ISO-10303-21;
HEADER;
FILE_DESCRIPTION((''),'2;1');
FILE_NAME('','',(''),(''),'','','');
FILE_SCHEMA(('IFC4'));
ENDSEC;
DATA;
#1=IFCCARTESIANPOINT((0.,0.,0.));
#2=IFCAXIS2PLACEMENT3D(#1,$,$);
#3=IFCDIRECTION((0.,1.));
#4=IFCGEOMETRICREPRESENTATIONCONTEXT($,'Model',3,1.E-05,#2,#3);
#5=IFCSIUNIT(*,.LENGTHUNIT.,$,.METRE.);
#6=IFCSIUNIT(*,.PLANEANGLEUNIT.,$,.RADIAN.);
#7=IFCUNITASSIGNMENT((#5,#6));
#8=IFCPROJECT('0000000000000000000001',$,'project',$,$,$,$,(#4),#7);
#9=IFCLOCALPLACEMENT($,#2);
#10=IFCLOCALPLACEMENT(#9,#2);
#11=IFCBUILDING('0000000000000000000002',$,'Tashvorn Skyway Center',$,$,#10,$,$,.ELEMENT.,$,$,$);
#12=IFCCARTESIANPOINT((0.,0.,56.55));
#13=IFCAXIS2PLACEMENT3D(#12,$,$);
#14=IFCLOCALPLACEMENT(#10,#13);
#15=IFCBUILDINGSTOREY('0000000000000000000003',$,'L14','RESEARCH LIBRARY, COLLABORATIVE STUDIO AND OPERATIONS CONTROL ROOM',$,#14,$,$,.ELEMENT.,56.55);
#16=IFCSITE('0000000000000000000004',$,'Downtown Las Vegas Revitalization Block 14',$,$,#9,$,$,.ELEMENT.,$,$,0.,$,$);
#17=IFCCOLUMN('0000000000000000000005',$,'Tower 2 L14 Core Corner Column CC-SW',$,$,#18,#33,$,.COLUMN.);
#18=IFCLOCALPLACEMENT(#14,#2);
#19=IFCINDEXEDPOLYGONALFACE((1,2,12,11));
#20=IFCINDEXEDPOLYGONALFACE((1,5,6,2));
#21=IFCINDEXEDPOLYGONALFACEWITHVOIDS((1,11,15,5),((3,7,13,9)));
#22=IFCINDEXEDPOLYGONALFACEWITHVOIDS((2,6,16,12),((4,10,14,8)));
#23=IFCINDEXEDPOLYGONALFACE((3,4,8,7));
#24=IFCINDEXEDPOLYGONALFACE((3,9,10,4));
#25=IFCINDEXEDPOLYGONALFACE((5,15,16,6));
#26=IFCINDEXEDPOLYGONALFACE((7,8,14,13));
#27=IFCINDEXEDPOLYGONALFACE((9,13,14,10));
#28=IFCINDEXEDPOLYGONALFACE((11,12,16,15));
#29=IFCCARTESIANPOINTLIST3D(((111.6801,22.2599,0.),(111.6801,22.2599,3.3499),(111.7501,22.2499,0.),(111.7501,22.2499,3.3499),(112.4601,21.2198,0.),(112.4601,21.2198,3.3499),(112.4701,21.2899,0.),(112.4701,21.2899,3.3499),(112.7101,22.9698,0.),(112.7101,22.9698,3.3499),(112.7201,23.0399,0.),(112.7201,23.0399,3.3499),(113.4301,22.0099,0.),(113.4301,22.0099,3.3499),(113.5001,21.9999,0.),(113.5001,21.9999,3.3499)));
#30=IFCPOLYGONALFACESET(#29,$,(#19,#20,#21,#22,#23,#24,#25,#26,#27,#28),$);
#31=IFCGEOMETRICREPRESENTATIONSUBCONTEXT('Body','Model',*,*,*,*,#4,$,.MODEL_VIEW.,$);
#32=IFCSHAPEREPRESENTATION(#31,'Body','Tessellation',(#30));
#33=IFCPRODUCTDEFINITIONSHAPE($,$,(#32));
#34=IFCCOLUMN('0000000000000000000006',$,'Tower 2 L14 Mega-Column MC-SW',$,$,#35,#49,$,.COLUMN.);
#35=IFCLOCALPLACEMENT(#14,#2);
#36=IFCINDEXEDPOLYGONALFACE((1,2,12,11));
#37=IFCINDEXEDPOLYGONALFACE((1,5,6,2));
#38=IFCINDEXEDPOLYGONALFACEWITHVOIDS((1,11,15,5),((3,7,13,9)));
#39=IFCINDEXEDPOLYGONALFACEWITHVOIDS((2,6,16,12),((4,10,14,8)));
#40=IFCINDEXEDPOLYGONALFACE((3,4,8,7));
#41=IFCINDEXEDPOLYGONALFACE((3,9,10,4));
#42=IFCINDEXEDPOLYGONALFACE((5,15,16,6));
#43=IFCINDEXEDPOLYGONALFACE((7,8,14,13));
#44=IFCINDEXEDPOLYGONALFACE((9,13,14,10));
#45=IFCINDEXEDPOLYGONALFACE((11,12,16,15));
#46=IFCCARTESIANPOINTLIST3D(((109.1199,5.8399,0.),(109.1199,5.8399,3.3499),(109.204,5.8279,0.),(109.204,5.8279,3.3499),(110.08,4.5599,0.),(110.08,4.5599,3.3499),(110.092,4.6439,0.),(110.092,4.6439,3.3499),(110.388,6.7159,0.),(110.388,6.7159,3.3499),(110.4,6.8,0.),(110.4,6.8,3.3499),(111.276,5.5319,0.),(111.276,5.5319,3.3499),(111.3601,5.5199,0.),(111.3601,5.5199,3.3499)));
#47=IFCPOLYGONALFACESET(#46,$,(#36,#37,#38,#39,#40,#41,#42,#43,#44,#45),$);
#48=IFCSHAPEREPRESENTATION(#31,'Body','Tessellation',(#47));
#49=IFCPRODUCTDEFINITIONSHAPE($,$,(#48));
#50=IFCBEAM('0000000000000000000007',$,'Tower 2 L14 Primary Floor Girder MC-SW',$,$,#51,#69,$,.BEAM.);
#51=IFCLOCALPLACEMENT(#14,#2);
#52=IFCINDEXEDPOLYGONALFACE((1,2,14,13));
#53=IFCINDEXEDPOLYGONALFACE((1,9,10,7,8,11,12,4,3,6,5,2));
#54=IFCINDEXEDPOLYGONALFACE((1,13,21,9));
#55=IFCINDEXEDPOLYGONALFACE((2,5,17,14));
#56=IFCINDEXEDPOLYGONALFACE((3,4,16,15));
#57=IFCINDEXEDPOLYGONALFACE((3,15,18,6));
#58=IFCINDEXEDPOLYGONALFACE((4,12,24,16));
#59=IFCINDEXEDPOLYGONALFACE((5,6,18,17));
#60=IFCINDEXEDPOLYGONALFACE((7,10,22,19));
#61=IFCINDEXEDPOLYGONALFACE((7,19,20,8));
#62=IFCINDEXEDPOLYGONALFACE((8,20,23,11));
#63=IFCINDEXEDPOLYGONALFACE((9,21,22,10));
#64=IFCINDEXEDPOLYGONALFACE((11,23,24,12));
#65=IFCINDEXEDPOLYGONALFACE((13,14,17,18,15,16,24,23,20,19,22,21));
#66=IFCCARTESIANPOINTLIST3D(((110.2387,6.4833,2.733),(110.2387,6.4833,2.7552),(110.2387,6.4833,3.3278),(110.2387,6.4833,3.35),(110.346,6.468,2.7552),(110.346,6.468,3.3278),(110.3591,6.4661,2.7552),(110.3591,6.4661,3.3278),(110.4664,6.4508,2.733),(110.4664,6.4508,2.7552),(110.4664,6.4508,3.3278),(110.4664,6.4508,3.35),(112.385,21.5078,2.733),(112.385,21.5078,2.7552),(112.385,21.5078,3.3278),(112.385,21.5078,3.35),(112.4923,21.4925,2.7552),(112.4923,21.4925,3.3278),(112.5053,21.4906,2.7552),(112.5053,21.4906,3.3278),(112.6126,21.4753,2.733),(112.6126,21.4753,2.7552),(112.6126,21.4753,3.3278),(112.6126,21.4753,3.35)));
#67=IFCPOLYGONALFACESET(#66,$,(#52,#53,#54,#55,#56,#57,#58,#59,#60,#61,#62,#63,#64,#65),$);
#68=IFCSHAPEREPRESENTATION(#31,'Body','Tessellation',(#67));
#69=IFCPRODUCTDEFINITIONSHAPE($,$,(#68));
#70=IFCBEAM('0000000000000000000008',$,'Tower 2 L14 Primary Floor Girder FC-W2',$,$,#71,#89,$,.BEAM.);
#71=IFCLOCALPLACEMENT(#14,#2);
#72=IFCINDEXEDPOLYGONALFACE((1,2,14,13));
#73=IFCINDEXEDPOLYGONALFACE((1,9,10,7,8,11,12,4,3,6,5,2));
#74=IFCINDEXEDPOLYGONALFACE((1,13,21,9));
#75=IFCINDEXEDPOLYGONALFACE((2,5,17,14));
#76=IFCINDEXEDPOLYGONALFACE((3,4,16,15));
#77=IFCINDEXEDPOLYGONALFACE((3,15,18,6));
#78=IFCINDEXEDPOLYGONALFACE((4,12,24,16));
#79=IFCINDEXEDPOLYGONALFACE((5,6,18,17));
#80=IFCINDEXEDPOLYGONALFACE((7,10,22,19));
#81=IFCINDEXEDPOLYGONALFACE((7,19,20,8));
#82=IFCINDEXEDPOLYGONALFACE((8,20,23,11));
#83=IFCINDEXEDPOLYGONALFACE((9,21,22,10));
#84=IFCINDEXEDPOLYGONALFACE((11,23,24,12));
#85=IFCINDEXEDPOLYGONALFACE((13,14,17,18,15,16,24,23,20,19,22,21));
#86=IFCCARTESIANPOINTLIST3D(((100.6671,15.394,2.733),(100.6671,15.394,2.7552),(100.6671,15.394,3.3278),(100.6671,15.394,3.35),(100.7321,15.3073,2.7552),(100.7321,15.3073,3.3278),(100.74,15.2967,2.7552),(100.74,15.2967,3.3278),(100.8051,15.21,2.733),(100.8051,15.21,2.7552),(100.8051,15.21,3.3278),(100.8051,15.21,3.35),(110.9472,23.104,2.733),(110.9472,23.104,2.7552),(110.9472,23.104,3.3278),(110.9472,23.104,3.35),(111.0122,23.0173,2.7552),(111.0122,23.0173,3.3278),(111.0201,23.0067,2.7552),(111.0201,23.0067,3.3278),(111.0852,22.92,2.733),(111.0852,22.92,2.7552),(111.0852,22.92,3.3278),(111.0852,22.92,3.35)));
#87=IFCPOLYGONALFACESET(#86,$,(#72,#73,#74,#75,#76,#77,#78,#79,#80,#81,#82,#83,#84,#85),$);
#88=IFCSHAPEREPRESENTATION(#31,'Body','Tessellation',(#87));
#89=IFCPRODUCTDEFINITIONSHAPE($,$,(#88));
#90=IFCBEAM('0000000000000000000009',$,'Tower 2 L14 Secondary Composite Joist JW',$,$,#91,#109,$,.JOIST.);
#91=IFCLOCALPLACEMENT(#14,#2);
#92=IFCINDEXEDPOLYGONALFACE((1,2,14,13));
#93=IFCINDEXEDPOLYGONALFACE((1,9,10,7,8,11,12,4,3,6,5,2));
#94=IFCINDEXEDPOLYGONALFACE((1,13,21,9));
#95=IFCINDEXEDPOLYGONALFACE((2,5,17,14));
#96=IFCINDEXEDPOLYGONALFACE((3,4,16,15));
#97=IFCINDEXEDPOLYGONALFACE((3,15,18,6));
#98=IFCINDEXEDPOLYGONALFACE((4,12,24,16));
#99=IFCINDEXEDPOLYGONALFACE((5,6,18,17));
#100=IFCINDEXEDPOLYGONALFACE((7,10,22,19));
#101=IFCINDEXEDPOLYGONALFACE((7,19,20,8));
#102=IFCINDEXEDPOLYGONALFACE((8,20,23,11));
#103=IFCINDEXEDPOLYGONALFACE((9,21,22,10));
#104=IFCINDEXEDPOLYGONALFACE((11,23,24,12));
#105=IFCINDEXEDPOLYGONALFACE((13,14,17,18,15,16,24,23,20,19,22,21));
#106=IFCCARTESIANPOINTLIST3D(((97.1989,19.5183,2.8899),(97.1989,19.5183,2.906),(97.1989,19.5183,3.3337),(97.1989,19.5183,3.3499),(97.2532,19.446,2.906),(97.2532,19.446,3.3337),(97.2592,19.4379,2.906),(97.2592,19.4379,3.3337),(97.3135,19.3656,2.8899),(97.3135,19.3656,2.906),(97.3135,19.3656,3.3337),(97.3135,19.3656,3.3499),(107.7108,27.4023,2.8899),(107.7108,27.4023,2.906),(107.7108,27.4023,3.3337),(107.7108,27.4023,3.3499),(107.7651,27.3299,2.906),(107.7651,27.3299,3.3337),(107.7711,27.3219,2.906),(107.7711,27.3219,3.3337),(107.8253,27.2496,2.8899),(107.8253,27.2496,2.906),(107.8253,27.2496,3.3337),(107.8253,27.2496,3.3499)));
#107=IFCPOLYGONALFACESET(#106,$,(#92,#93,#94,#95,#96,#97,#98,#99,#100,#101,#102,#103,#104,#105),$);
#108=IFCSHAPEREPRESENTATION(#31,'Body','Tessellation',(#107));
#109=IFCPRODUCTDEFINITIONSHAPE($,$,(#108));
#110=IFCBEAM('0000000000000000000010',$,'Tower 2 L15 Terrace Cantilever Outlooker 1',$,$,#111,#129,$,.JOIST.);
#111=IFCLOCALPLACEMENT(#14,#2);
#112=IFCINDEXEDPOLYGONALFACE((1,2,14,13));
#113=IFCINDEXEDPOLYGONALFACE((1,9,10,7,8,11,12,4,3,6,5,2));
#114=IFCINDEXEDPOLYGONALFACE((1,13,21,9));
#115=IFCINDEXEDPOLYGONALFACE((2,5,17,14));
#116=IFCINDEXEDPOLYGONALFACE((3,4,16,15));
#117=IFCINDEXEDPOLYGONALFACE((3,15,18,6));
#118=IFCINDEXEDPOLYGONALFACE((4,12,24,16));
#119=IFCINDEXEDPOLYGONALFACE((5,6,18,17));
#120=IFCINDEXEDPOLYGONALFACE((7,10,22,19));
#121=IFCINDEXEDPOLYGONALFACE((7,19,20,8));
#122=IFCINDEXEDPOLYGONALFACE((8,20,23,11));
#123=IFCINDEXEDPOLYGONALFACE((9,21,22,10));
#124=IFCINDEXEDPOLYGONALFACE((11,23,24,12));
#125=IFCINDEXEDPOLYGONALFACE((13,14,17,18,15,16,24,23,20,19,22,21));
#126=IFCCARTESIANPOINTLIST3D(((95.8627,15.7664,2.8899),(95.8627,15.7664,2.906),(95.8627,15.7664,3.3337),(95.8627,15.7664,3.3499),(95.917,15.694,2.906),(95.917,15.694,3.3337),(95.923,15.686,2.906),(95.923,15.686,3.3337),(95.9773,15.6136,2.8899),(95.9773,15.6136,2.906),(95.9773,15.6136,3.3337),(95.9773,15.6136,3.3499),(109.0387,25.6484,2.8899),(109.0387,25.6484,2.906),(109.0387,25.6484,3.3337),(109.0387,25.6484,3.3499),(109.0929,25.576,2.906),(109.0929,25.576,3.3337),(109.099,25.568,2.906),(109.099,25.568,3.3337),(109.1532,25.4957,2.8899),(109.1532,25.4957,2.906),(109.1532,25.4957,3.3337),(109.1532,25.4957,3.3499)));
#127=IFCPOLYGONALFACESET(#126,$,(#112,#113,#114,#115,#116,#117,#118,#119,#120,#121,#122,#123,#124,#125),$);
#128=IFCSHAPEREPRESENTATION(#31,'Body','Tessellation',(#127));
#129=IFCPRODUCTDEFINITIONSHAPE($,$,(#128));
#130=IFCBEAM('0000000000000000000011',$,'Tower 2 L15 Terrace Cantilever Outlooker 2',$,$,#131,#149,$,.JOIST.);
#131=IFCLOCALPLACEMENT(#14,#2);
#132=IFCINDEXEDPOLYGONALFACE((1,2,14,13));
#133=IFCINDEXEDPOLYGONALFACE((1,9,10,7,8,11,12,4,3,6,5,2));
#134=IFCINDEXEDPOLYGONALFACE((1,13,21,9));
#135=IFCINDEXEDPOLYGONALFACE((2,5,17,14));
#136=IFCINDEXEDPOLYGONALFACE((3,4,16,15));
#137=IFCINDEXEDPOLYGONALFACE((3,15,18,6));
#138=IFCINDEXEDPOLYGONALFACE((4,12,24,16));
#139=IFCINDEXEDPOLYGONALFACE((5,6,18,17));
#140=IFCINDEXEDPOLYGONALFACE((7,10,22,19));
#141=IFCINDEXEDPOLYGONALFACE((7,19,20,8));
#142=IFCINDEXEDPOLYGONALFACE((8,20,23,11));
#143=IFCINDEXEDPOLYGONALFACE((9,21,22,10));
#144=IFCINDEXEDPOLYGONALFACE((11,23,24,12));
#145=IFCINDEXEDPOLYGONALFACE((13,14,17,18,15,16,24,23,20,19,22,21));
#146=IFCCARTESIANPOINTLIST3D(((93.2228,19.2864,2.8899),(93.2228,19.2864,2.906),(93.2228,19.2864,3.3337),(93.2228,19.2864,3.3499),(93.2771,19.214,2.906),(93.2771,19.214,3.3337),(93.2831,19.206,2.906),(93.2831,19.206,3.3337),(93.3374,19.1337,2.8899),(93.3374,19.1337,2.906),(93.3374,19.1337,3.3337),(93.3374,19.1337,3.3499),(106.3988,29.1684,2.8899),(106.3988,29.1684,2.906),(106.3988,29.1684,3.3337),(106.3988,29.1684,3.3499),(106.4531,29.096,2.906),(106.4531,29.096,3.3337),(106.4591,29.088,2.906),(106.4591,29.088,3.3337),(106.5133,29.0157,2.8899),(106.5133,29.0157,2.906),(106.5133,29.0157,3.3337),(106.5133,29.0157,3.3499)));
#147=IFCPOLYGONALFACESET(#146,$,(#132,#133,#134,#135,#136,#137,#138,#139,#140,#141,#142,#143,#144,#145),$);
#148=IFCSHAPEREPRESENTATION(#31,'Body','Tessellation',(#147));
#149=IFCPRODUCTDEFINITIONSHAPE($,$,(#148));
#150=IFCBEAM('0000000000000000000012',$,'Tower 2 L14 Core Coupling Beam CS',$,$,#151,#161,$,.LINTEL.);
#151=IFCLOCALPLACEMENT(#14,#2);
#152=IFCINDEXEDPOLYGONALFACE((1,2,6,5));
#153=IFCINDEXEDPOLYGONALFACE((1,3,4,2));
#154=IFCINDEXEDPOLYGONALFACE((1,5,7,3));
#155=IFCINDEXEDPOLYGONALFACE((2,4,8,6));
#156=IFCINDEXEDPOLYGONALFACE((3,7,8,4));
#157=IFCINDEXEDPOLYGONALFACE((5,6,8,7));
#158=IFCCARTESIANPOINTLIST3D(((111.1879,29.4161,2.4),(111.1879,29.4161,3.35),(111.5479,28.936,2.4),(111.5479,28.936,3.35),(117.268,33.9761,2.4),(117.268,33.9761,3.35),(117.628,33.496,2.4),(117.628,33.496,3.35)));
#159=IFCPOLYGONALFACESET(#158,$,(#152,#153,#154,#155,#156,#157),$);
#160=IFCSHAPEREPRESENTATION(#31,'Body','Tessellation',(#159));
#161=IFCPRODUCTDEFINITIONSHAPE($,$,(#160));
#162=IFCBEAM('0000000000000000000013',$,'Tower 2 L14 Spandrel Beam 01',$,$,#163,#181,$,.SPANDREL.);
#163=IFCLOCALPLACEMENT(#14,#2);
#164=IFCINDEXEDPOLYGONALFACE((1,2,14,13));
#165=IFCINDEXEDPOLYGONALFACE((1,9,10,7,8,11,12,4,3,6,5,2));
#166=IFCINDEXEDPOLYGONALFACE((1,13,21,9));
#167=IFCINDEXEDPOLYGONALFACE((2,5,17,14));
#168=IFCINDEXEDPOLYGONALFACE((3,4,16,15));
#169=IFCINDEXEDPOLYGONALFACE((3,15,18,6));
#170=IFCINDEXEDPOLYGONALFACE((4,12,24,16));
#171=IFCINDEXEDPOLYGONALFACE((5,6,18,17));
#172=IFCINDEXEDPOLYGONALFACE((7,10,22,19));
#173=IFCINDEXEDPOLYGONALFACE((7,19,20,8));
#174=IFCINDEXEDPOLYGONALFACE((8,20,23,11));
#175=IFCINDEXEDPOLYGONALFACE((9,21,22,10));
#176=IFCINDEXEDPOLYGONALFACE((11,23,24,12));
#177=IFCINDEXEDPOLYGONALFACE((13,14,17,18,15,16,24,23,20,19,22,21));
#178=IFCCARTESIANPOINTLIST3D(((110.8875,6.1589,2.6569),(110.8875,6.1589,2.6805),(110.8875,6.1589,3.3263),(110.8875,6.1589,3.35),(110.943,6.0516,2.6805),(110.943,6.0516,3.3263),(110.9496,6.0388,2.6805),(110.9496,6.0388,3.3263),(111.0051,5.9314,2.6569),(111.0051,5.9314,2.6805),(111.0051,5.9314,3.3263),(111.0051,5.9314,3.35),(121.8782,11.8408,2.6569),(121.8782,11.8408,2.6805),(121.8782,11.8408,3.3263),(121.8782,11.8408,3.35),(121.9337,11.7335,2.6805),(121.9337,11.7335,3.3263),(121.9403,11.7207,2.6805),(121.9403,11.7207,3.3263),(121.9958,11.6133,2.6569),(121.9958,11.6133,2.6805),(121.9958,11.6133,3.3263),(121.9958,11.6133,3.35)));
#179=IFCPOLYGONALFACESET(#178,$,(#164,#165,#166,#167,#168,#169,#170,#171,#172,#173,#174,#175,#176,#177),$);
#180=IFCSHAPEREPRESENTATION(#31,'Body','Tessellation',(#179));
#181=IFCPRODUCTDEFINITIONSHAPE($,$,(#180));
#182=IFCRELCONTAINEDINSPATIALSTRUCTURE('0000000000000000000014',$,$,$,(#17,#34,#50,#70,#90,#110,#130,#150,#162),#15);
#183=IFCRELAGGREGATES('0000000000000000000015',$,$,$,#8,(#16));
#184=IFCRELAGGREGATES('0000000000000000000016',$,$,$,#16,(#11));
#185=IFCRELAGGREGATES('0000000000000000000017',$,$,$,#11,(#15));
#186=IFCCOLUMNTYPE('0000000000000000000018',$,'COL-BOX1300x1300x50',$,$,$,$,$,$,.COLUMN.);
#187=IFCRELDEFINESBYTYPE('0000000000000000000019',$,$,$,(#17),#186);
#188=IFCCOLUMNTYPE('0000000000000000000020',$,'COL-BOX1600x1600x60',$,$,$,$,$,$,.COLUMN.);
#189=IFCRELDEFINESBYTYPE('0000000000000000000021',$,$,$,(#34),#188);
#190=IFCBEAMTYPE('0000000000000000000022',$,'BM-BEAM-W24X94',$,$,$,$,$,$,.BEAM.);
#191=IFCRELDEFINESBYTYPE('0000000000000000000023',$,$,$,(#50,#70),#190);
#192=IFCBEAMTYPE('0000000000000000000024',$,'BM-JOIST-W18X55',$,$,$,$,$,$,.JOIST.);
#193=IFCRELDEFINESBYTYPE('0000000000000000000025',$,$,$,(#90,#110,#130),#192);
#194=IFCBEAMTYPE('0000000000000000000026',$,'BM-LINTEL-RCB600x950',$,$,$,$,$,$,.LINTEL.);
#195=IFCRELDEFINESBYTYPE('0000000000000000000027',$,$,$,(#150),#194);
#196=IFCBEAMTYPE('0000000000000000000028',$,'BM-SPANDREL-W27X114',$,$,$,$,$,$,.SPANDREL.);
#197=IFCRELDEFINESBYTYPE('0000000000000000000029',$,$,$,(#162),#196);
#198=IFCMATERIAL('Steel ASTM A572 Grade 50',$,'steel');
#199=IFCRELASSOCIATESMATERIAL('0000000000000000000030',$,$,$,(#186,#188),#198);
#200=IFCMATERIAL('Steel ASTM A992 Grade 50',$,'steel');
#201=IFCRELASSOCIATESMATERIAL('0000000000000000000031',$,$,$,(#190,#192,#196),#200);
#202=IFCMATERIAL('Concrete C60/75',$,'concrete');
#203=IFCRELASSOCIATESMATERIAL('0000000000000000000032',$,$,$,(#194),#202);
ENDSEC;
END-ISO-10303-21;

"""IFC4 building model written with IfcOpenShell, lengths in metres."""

from ifc_helpers import new_model, si_unit, direction, frame, origin, origin_2d, place, context, subcontext, project, spatial, rectangle, hollow_rectangle, i_section, extrude, material, material_profile, profile_set, type_object, element, save


model = new_model("IFC4")

# Units and contexts
model_context = context("Model", 3, precision=1e-05, world=origin(), true_north=direction((0.0, 1.0)))
body_context = subcontext(model_context, "Body", "Model", "MODEL_VIEW")
ifc_project = project(units=[si_unit("LENGTHUNIT", "METRE"), si_unit("PLANEANGLEUNIT", "RADIAN")], contexts=[model_context])

# Site, building, storey
site_placement = place(None, origin())
site = spatial("IfcSite", under=ifc_project, at=site_placement, Name="Downtown Las Vegas Revitalization Block 14", CompositionType="ELEMENT", RefElevation=0.0)
building_placement = place(site_placement, origin())
building = spatial("IfcBuilding", under=site, at=building_placement, Name="Tashvorn Skyway Center", CompositionType="ELEMENT")
storey_placement = place(building_placement, frame((0.0, 0.0, 56.55)))
storey = spatial("IfcBuildingStorey", under=building, at=storey_placement, Name="L14", Description="RESEARCH LIBRARY, COLLABORATIVE STUDIO AND OPERATIONS CONTROL ROOM", CompositionType="ELEMENT", Elevation=56.55)

# Columns
ifc_material_1 = material(Name="Steel ASTM A572 Grade 50", Category="steel")
ifc_material_profile_1 = material_profile(ifc_material_1, hollow_rectangle(XDim=1.3, YDim=1.3, WallThickness=0.05, at=origin_2d()), Name="BOX1300x1300x50")
ifc_profile_set_1 = profile_set([ifc_material_profile_1], Name="Steel ASTM A572 Grade 50")
column_type_1 = type_object("IfcColumnType", Name="COL-BOX1300x1300x50", PredefinedType="COLUMN", material=ifc_profile_set_1)
column_1_placement = place(storey_placement, frame((112.5901, 22.1299, 0.0), z_axis=(0.0, 0.0, 1.0), x_axis=(0.8, 0.6, 0.0)))
element("IfcColumn", 1, at=column_1_placement, inside=storey, type_object=column_type_1, Name="Tower 2 L14 Core Corner Column CC-SW", PredefinedType="COLUMN", context=body_context, shape_type="SweptSolid", body=[
    extrude(hollow_rectangle(XDim=1.3, YDim=1.3, WallThickness=0.05, at=origin_2d()), origin(), (0.0, 0.0, 1.0), 3.3499),
])
ifc_material_profile_2 = material_profile(ifc_material_1, hollow_rectangle(XDim=1.6001, YDim=1.6001, WallThickness=0.0601, at=origin_2d()), Name="BOX1600x1600x60")
ifc_profile_set_2 = profile_set([ifc_material_profile_2], Name="Steel ASTM A572 Grade 50")
column_type_2 = type_object("IfcColumnType", Name="COL-BOX1600x1600x60", PredefinedType="COLUMN", material=ifc_profile_set_2)
column_2_placement = place(storey_placement, frame((110.24, 5.6799, 0.0), z_axis=(0.0, 0.0, 1.0), x_axis=(0.8, 0.6, 0.0)))
element("IfcColumn", 2, at=column_2_placement, inside=storey, type_object=column_type_2, Name="Tower 2 L14 Mega-Column MC-SW", PredefinedType="COLUMN", context=body_context, shape_type="SweptSolid", body=[
    extrude(hollow_rectangle(XDim=1.6001, YDim=1.6001, WallThickness=0.0601, at=origin_2d()), origin(), (0.0, 0.0, 1.0), 3.3499),
])

# Beams
ifc_material_2 = material(Name="Steel ASTM A992 Grade 50", Category="steel")
ifc_material_profile_3 = material_profile(ifc_material_2, i_section(OverallWidth=0.23, OverallDepth=0.6169, WebThickness=0.0132, FlangeThickness=0.0222, at=origin_2d()), Name="W24X94")
ifc_profile_set_3 = profile_set([ifc_material_profile_3], Name="Steel ASTM A992 Grade 50")
beam_type_1 = type_object("IfcBeamType", Name="BM-BEAM-W24X94", PredefinedType="BEAM", material=ifc_profile_set_3)
beam_1_placement = place(storey_placement, frame((110.3525, 6.467, 3.0415), z_axis=(0.141415, 0.98995, 0.0), x_axis=(-0.98995, 0.141415, 0.0)))
element("IfcBeam", 3, at=beam_1_placement, inside=storey, type_object=beam_type_1, Name="Tower 2 L14 Primary Floor Girder MC-SW", PredefinedType="BEAM", context=body_context, shape_type="SweptSolid", body=[
    extrude(i_section(OverallWidth=0.23, OverallDepth=0.6169, WebThickness=0.0132, FlangeThickness=0.0222, at=origin_2d()), origin(), (0.0, 0.0, 1.0), 15.177),
])
beam_2_placement = place(storey_placement, frame((100.7361, 15.302, 3.0415), z_axis=(0.800002, 0.599997, 0.0), x_axis=(-0.599997, 0.800002, 0.0)))
element("IfcBeam", 4, at=beam_2_placement, inside=storey, type_object=beam_type_1, Name="Tower 2 L14 Primary Floor Girder FC-W2", PredefinedType="BEAM", context=body_context, shape_type="SweptSolid", body=[
    extrude(i_section(OverallWidth=0.23, OverallDepth=0.6169, WebThickness=0.0132, FlangeThickness=0.0222, at=origin_2d()), origin(), (0.0, 0.0, 1.0), 12.8501),
])
ifc_material_profile_4 = material_profile(ifc_material_2, i_section(OverallWidth=0.1909, OverallDepth=0.46, WebThickness=0.01, FlangeThickness=0.0161, at=origin_2d()), Name="W18X55")
ifc_profile_set_4 = profile_set([ifc_material_profile_4], Name="Steel ASTM A992 Grade 50")
beam_type_2 = type_object("IfcBeamType", Name="BM-JOIST-W18X55", PredefinedType="JOIST", material=ifc_profile_set_4)
beam_3_placement = place(storey_placement, frame((107.7681, 27.3259, 3.1199), z_axis=(-0.799998, -0.600003, 0.0), x_axis=(0.600003, -0.799998, 0.0)))
element("IfcBeam", 5, at=beam_3_placement, inside=storey, type_object=beam_type_2, Name="Tower 2 L14 Secondary Composite Joist JW", PredefinedType="JOIST", context=body_context, shape_type="SweptSolid", body=[
    extrude(i_section(OverallWidth=0.1909, OverallDepth=0.46, WebThickness=0.01, FlangeThickness=0.0161, at=origin_2d()), origin(), (0.0, 0.0, 1.0), 13.1399),
])
for number, where, z_axis, x_axis, name in (
    (6, (109.0959, 25.572, 3.1199), (-0.799998, -0.600002, 0.0), (0.600002, -0.799998, 0.0), "Tower 2 L15 Terrace Cantilever Outlooker 1"),
    (7, (106.4561, 29.092, 3.1199), (-0.799998, -0.600002, 0.0), (0.600002, -0.799998, 0.0), "Tower 2 L15 Terrace Cantilever Outlooker 2"),
):
    element("IfcBeam", number, at=place(storey_placement, frame(where, z_axis=z_axis, x_axis=x_axis)), inside=storey, type_object=beam_type_2, Name=name, PredefinedType="JOIST", context=body_context, shape_type="SweptSolid", body=[
        extrude(i_section(OverallWidth=0.1909, OverallDepth=0.46, WebThickness=0.01, FlangeThickness=0.0161, at=origin_2d()), origin(), (0.0, 0.0, 1.0), 16.47),
    ])
ifc_material_3 = material(Name="Concrete C60/75", Category="concrete")
ifc_material_profile_5 = material_profile(ifc_material_3, rectangle(XDim=0.6001, YDim=0.95, at=origin_2d()), Name="RCB600x950")
ifc_profile_set_5 = profile_set([ifc_material_profile_5], Name="Concrete C60/75")
beam_type_3 = type_object("IfcBeamType", Name="BM-LINTEL-RCB600x950", PredefinedType="LINTEL", material=ifc_profile_set_5)
beam_4_placement = place(storey_placement, frame((111.3679, 29.176, 2.875), z_axis=(0.8, 0.6, 0.0), x_axis=(-0.6, 0.8, 0.0)))
element("IfcBeam", 8, at=beam_4_placement, inside=storey, type_object=beam_type_3, Name="Tower 2 L14 Core Coupling Beam CS", PredefinedType="LINTEL", context=body_context, shape_type="SweptSolid", body=[
    extrude(rectangle(XDim=0.6001, YDim=0.95, at=origin_2d()), origin(), (0.0, 0.0, 1.0), 7.6001),
])
ifc_material_profile_6 = material_profile(ifc_material_2, i_section(OverallWidth=0.2561, OverallDepth=0.6931, WebThickness=0.0144, FlangeThickness=0.0237, at=origin_2d()), Name="W27X114")
ifc_profile_set_6 = profile_set([ifc_material_profile_6], Name="Steel ASTM A992 Grade 50")
beam_type_4 = type_object("IfcBeamType", Name="BM-SPANDREL-W27X114", PredefinedType="SPANDREL", material=ifc_profile_set_6)
beam_5_placement = place(storey_placement, frame((110.9463, 6.0452, 3.0034), z_axis=(0.888316, 0.459233, 0.0), x_axis=(-0.459233, 0.888316, 0.0)))
element("IfcBeam", 9, at=beam_5_placement, inside=storey, type_object=beam_type_4, Name="Tower 2 L14 Spandrel Beam 01", PredefinedType="SPANDREL", context=body_context, shape_type="SweptSolid", body=[
    extrude(i_section(OverallWidth=0.2561, OverallDepth=0.6931, WebThickness=0.0144, FlangeThickness=0.0237, at=origin_2d()), origin(), (0.0, 0.0, 1.0), 12.3726),
])

save(model, "model.ifc")
